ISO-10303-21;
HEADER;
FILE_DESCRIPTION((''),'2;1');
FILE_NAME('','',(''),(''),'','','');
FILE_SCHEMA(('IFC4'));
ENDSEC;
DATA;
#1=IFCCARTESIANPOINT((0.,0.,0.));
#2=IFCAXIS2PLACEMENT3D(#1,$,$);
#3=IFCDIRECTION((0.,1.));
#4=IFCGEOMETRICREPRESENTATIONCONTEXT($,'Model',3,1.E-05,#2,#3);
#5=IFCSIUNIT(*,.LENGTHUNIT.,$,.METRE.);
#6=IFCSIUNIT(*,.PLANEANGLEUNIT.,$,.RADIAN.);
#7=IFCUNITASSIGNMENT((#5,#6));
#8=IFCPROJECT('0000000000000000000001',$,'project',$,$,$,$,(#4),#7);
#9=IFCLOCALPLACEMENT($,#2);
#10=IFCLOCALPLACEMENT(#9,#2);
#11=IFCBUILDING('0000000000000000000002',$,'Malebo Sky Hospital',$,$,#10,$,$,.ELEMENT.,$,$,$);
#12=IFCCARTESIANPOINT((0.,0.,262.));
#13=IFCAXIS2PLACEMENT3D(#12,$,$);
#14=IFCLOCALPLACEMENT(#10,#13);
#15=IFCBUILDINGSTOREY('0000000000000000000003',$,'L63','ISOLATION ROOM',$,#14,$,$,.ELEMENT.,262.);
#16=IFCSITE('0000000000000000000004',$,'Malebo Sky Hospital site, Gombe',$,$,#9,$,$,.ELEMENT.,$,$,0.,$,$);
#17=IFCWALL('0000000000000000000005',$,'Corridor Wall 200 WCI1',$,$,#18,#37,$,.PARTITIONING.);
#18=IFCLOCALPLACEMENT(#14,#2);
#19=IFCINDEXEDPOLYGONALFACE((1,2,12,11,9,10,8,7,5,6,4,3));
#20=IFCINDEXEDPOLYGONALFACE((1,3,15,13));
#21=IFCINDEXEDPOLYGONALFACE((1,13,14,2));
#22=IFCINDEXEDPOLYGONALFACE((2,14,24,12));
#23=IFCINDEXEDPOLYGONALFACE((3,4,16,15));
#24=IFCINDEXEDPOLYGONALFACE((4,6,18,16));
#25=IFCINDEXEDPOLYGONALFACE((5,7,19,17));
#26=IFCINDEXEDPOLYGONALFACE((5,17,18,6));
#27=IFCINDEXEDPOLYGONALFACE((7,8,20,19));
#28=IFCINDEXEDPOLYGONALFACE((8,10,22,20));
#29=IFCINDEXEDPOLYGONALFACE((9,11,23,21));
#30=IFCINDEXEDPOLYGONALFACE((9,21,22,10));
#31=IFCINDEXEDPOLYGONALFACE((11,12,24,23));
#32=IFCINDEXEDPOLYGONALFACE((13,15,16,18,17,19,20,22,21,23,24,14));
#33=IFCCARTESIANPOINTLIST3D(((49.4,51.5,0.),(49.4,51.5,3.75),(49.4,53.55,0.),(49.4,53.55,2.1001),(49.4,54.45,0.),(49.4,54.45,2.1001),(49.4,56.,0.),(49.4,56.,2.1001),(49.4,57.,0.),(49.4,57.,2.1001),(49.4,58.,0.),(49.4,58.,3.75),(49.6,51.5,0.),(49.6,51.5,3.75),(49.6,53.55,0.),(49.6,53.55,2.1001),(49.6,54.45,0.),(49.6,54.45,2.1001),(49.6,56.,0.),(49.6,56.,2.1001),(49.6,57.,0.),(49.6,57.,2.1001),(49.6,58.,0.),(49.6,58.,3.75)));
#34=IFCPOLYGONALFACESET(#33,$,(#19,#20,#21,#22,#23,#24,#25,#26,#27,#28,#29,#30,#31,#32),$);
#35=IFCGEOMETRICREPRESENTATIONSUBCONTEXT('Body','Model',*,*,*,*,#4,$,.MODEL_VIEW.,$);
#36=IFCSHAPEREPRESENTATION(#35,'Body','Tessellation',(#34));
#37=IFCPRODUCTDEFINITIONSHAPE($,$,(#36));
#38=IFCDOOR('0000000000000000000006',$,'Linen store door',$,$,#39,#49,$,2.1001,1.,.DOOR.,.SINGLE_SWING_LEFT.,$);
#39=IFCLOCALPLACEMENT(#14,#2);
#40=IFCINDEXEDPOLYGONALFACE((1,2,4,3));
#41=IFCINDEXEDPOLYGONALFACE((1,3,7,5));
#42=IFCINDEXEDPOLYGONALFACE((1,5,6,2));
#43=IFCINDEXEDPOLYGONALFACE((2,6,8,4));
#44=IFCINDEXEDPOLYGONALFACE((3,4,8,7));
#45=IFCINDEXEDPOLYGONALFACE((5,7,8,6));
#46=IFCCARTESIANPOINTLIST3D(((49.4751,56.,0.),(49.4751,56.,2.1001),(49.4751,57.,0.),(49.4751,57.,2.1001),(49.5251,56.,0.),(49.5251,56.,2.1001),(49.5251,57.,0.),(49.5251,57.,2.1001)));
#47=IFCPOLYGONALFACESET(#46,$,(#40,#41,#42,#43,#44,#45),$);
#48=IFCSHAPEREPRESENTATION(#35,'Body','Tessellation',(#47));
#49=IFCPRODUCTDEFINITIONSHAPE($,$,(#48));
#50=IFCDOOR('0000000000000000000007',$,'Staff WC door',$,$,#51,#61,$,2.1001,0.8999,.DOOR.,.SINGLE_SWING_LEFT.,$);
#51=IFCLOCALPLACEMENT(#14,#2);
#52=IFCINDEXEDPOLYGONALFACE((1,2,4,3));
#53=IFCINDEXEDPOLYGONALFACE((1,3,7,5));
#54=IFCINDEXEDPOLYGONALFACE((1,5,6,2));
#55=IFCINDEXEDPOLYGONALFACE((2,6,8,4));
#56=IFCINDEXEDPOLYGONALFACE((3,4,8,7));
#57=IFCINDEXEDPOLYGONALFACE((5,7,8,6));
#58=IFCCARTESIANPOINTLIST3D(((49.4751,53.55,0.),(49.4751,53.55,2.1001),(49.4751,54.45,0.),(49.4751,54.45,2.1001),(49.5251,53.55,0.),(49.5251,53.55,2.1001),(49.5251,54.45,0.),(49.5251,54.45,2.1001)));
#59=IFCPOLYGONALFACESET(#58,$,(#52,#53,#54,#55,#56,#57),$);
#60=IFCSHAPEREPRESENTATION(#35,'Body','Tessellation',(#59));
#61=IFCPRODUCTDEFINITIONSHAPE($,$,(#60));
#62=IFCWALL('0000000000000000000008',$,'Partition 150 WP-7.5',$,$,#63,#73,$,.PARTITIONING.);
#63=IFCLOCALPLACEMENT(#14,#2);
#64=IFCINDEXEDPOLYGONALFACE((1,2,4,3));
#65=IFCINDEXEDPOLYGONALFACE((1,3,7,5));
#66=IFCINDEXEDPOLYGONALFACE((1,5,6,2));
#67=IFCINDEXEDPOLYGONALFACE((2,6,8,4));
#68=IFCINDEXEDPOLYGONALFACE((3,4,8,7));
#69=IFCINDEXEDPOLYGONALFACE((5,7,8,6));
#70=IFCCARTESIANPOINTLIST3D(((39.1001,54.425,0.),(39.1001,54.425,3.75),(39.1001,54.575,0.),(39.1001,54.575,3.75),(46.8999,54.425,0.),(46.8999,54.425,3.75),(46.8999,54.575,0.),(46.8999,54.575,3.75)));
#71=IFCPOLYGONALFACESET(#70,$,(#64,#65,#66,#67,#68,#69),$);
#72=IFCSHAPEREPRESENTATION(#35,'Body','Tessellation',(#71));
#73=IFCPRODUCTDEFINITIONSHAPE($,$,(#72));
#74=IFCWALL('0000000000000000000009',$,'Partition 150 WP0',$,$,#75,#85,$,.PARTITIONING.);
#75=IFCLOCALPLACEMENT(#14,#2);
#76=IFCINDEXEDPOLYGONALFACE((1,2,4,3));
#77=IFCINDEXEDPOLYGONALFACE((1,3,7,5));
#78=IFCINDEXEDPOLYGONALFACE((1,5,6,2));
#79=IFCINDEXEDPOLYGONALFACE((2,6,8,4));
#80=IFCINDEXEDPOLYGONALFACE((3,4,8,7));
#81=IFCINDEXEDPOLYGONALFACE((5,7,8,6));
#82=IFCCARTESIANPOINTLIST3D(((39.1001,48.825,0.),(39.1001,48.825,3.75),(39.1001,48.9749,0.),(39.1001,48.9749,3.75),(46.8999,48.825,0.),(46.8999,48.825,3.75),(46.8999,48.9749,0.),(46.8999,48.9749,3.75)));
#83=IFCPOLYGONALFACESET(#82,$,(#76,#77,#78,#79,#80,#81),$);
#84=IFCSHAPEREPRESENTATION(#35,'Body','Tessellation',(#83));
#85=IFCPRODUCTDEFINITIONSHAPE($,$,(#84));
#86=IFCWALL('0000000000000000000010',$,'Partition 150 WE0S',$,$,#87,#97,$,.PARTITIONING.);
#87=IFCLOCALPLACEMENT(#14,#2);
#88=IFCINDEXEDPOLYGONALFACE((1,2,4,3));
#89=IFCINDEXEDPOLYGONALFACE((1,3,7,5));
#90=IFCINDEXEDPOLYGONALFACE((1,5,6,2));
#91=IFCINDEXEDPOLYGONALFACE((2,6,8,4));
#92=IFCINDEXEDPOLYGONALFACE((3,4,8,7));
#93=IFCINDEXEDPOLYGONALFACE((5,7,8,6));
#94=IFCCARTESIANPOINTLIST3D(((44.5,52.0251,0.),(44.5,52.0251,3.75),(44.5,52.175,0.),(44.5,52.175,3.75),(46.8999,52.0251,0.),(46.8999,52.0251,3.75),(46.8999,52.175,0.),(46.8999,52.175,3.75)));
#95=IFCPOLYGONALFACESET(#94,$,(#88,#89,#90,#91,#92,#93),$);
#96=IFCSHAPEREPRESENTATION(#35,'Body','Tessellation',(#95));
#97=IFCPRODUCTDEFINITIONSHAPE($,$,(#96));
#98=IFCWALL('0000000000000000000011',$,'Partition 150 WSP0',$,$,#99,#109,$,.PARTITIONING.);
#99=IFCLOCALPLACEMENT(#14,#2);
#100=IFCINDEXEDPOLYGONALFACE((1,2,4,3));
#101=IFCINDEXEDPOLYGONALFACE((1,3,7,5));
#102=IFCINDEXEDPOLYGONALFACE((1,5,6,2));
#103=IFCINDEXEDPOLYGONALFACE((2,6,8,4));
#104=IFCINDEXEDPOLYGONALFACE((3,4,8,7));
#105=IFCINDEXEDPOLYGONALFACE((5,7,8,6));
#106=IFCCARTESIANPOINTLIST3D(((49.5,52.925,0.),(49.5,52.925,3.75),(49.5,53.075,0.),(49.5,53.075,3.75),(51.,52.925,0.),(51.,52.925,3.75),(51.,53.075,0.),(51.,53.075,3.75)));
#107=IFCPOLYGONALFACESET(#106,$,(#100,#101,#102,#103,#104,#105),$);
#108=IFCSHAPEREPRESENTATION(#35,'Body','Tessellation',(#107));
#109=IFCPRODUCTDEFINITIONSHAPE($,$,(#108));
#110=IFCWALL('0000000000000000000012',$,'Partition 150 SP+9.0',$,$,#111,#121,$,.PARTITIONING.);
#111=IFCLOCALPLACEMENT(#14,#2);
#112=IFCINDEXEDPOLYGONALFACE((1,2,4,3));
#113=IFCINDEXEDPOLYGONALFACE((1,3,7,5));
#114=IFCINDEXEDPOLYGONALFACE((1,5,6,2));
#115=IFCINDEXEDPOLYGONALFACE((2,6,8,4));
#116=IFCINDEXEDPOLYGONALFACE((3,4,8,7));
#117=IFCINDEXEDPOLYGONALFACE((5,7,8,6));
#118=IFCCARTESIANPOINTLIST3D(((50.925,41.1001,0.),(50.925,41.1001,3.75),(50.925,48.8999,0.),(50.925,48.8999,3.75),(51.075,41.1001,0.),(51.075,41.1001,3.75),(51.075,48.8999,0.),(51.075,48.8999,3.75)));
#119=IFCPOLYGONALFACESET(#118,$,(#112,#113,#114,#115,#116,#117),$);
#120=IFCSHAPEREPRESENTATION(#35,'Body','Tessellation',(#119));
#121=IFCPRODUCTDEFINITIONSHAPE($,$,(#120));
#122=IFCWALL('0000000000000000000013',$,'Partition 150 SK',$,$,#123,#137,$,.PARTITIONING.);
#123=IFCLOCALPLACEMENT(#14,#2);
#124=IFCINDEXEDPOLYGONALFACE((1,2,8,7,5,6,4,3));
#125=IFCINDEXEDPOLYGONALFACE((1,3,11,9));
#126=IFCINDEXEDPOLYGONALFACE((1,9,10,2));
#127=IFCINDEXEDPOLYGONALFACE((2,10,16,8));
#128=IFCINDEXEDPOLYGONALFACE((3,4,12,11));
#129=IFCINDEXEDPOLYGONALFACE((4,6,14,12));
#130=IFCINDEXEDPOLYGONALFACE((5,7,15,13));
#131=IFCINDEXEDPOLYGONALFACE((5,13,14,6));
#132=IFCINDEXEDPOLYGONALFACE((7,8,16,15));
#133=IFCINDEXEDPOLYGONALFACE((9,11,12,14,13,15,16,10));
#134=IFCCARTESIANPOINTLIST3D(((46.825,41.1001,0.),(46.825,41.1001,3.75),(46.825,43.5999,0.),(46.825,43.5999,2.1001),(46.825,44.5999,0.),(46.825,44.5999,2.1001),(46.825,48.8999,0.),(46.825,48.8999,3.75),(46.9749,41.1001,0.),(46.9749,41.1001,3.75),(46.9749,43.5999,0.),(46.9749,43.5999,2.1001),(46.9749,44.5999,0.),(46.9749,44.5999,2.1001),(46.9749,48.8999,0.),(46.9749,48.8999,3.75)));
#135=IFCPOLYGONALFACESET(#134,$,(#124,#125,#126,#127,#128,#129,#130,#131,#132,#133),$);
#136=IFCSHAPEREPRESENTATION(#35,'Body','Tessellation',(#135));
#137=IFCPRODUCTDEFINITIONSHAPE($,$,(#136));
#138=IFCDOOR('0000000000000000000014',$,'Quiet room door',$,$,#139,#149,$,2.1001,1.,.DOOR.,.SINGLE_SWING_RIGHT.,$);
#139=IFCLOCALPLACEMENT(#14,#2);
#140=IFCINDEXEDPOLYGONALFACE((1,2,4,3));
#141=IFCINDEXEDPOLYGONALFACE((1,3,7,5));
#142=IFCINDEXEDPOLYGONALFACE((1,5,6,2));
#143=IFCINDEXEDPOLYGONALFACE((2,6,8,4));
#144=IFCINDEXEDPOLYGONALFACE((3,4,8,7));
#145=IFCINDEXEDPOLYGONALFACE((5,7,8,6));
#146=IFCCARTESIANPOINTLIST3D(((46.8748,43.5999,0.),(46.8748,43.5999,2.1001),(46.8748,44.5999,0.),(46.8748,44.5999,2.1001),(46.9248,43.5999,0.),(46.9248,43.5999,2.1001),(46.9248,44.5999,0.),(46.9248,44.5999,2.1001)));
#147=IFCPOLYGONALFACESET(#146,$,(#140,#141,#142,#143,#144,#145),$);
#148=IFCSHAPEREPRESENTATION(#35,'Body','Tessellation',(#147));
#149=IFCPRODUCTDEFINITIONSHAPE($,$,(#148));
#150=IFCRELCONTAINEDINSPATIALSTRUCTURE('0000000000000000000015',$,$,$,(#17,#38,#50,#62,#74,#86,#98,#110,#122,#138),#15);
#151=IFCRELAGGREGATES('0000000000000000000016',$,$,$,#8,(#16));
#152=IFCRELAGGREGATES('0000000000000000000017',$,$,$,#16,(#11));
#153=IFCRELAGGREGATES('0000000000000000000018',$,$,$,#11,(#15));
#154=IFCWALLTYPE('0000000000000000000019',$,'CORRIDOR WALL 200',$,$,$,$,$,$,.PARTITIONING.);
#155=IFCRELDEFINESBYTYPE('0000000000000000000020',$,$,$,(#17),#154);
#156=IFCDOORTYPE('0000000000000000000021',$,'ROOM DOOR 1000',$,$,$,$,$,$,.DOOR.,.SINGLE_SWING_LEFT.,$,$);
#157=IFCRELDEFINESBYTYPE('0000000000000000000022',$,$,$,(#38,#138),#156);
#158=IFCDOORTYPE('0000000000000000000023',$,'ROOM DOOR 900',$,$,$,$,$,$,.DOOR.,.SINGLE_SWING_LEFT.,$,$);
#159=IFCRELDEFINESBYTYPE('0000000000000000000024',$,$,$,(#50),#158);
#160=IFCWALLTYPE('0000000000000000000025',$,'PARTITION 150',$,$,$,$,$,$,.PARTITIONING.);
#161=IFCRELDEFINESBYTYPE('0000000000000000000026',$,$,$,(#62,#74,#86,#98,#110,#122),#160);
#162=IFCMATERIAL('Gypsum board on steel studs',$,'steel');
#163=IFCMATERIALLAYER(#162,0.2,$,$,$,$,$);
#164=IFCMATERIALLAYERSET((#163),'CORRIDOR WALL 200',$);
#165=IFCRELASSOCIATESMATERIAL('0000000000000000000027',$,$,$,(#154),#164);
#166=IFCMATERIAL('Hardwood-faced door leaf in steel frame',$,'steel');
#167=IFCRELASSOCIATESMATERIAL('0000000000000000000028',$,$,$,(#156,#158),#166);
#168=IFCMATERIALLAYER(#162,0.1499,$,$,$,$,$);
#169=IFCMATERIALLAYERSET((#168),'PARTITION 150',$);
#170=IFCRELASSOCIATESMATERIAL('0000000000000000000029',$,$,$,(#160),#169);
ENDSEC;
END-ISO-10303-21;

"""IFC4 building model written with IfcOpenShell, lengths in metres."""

from ifc_helpers import new_model, si_unit, direction, frame, frame_2d, origin, place, context, subcontext, project, spatial, rectangle, extrude, material, layer, layer_set, type_object, element, fill, save


model = new_model("IFC4")

# Units and contexts
model_context = context("Model", 3, precision=1e-05, world=origin(), true_north=direction((0.0, 1.0)))
body_context = subcontext(model_context, "Body", "Model", "MODEL_VIEW")
ifc_project = project(units=[si_unit("LENGTHUNIT", "METRE"), si_unit("PLANEANGLEUNIT", "RADIAN")], contexts=[model_context])

# Site, building, storey
site_placement = place(None, origin())
site = spatial("IfcSite", under=ifc_project, at=site_placement, Name="Malebo Sky Hospital site, Gombe", CompositionType="ELEMENT", RefElevation=0.0)
building_placement = place(site_placement, origin())
building = spatial("IfcBuilding", under=site, at=building_placement, Name="Malebo Sky Hospital", CompositionType="ELEMENT")
storey_placement = place(building_placement, frame((0.0, 0.0, 262.0)))
storey = spatial("IfcBuildingStorey", under=building, at=storey_placement, Name="L63", Description="ISOLATION ROOM", CompositionType="ELEMENT", Elevation=262.0)

# Shared definitions
ifc_material_1 = material(Name="Hardwood-faced door leaf in steel frame", Category="steel")

# Wall, openings, doors
ifc_material_2 = material(Name="Gypsum board on steel studs", Category="steel")
ifc_layer_1 = layer(ifc_material_2, 0.2)
ifc_layer_set_1 = layer_set([ifc_layer_1], Name="CORRIDOR WALL 200")
wall_type_1 = type_object("IfcWallType", Name="CORRIDOR WALL 200", PredefinedType="PARTITIONING", material=ifc_layer_set_1)
door_type_1 = type_object("IfcDoorType", Name="ROOM DOOR 1000", OperationType="SINGLE_SWING_LEFT", PredefinedType="DOOR", material=ifc_material_1)
wall_1_placement = place(storey_placement, frame((49.5, 51.5, 0.0), z_axis=(0.0, 0.0, 1.0), x_axis=(0.0, 1.0, 0.0)))
wall_1 = element("IfcWall", 1, at=wall_1_placement, inside=storey, type_object=wall_type_1, Name="Corridor Wall 200 WCI1", PredefinedType="PARTITIONING", context=body_context, shape_type="SweptSolid", body=[
    extrude(rectangle(XDim=6.5, YDim=0.2, at=frame_2d((3.25, 0.0))), origin(), (0.0, 0.0, 1.0), 3.75),
])
opening_1_placement = place(wall_1_placement, frame((2.05, 0.0, 0.0)))
opening_1 = element("IfcOpeningElement", 2, at=opening_1_placement, cuts=wall_1, PredefinedType="OPENING", context=body_context, shape_type="SweptSolid", body=[
    extrude(rectangle(XDim=0.8999, YDim=2.1001, at=frame_2d((0.45, 1.05))), frame((0.0, 0.1099, 0.0), z_axis=(0.0, -1.0, 0.0), x_axis=(1.0, 0.0, 0.0)), (0.0, 0.0, 1.0), 0.22),
])
opening_2_placement = place(wall_1_placement, frame((4.5, 0.0, 0.0)))
opening_2 = element("IfcOpeningElement", 3, at=opening_2_placement, cuts=wall_1, PredefinedType="OPENING", context=body_context, shape_type="SweptSolid", body=[
    extrude(rectangle(XDim=1.0, YDim=2.1001, at=frame_2d((0.5, 1.05))), frame((0.0, 0.1099, 0.0), z_axis=(0.0, -1.0, 0.0), x_axis=(1.0, 0.0, 0.0)), (0.0, 0.0, 1.0), 0.22),
])
door_1_placement = place(opening_2_placement, origin())
door_1 = element("IfcDoor", 4, at=door_1_placement, inside=storey, type_object=door_type_1, Name="Linen store door", OperationType="SINGLE_SWING_LEFT", OverallHeight=2.1001, OverallWidth=1.0, PredefinedType="DOOR", context=body_context, shape_type="SweptSolid", body=[
    extrude(rectangle(XDim=1.0, YDim=2.1001, at=frame_2d((0.5, 1.05))), frame((0.0, 0.0249, 0.0), z_axis=(0.0, -1.0, 0.0), x_axis=(1.0, 0.0, 0.0)), (0.0, 0.0, 1.0), 0.05),
])
fill(opening_2, door_1)
door_type_2 = type_object("IfcDoorType", Name="ROOM DOOR 900", OperationType="SINGLE_SWING_LEFT", PredefinedType="DOOR", material=ifc_material_1)
door_2_placement = place(opening_1_placement, origin())
door_2 = element("IfcDoor", 5, at=door_2_placement, inside=storey, type_object=door_type_2, Name="Staff WC door", OperationType="SINGLE_SWING_LEFT", OverallHeight=2.1001, OverallWidth=0.8999, PredefinedType="DOOR", context=body_context, shape_type="SweptSolid", body=[
    extrude(rectangle(XDim=0.8999, YDim=2.1001, at=frame_2d((0.45, 1.05))), frame((0.0, 0.0249, 0.0), z_axis=(0.0, -1.0, 0.0), x_axis=(1.0, 0.0, 0.0)), (0.0, 0.0, 1.0), 0.05),
])
fill(opening_1, door_2)

# Walls
ifc_layer_2 = layer(ifc_material_2, 0.1499)
ifc_layer_set_2 = layer_set([ifc_layer_2], Name="PARTITION 150")
wall_type_2 = type_object("IfcWallType", Name="PARTITION 150", PredefinedType="PARTITIONING", material=ifc_layer_set_2)
for number, where, z_axis, x_axis, name in (
    (6, (46.8999, 54.5, 0.0), (0.0, 0.0, 1.0), (-1.0, 0.0, 0.0), "Partition 150 WP-7.5"),
    (7, (46.8999, 48.8999, 0.0), (0.0, 0.0, 1.0), (-1.0, 0.0, 0.0), "Partition 150 WP0"),
):
    element("IfcWall", number, at=place(storey_placement, frame(where, z_axis=z_axis, x_axis=x_axis)), inside=storey, type_object=wall_type_2, Name=name, PredefinedType="PARTITIONING", context=body_context, shape_type="SweptSolid", body=[
        extrude(rectangle(XDim=7.7998, YDim=0.1499, at=frame_2d((3.8999, 0.0))), origin(), (0.0, 0.0, 1.0), 3.75),
    ])
wall_2_placement = place(storey_placement, frame((46.8999, 52.1001, 0.0), z_axis=(0.0, 0.0, 1.0), x_axis=(-1.0, 0.0, 0.0)))
element("IfcWall", 8, at=wall_2_placement, inside=storey, type_object=wall_type_2, Name="Partition 150 WE0S", PredefinedType="PARTITIONING", context=body_context, shape_type="SweptSolid", body=[
    extrude(rectangle(XDim=2.3999, YDim=0.1499, at=frame_2d((1.2, 0.0))), origin(), (0.0, 0.0, 1.0), 3.75),
])
wall_3_placement = place(storey_placement, frame((51.0, 53.0, 0.0), z_axis=(0.0, 0.0, 1.0), x_axis=(-1.0, 0.0, 0.0)))
element("IfcWall", 9, at=wall_3_placement, inside=storey, type_object=wall_type_2, Name="Partition 150 WSP0", PredefinedType="PARTITIONING", context=body_context, shape_type="SweptSolid", body=[
    extrude(rectangle(XDim=1.5, YDim=0.1499, at=frame_2d((0.75, 0.0))), origin(), (0.0, 0.0, 1.0), 3.75),
])
wall_4_placement = place(storey_placement, frame((51.0, 48.8999, 0.0), z_axis=(0.0, 0.0, 1.0), x_axis=(0.0, -1.0, 0.0)))
element("IfcWall", 10, at=wall_4_placement, inside=storey, type_object=wall_type_2, Name="Partition 150 SP+9.0", PredefinedType="PARTITIONING", context=body_context, shape_type="SweptSolid", body=[
    extrude(rectangle(XDim=7.7998, YDim=0.1499, at=frame_2d((3.8999, 0.0))), origin(), (0.0, 0.0, 1.0), 3.75),
])

# Wall, opening, door
wall_5_placement = place(storey_placement, frame((46.8999, 48.8999, 0.0), z_axis=(0.0, 0.0, 1.0), x_axis=(0.0, -1.0, 0.0)))
wall_5 = element("IfcWall", 11, at=wall_5_placement, inside=storey, type_object=wall_type_2, Name="Partition 150 SK", PredefinedType="PARTITIONING", context=body_context, shape_type="SweptSolid", body=[
    extrude(rectangle(XDim=7.7998, YDim=0.1499, at=frame_2d((3.8999, 0.0))), origin(), (0.0, 0.0, 1.0), 3.75),
])
opening_3_placement = place(wall_5_placement, frame((4.3, 0.0, 0.0)))
opening_3 = element("IfcOpeningElement", 12, at=opening_3_placement, cuts=wall_5, PredefinedType="OPENING", context=body_context, shape_type="SweptSolid", body=[
    extrude(rectangle(XDim=1.0, YDim=2.1001, at=frame_2d((0.5, 1.05))), frame((0.0, 0.085, 0.0), z_axis=(0.0, -1.0, 0.0), x_axis=(1.0, 0.0, 0.0)), (0.0, 0.0, 1.0), 0.1699),
])
door_3_placement = place(opening_3_placement, origin())
door_3 = element("IfcDoor", 13, at=door_3_placement, inside=storey, type_object=door_type_1, Name="Quiet room door", OperationType="SINGLE_SWING_RIGHT", OverallHeight=2.1001, OverallWidth=1.0, PredefinedType="DOOR", context=body_context, shape_type="SweptSolid", body=[
    extrude(rectangle(XDim=1.0, YDim=2.1001, at=frame_2d((0.5, 1.05))), frame((0.0, 0.0249, 0.0), z_axis=(0.0, -1.0, 0.0), x_axis=(1.0, 0.0, 0.0)), (0.0, 0.0, 1.0), 0.05),
])
fill(opening_3, door_3)

save(model, "model.ifc")
